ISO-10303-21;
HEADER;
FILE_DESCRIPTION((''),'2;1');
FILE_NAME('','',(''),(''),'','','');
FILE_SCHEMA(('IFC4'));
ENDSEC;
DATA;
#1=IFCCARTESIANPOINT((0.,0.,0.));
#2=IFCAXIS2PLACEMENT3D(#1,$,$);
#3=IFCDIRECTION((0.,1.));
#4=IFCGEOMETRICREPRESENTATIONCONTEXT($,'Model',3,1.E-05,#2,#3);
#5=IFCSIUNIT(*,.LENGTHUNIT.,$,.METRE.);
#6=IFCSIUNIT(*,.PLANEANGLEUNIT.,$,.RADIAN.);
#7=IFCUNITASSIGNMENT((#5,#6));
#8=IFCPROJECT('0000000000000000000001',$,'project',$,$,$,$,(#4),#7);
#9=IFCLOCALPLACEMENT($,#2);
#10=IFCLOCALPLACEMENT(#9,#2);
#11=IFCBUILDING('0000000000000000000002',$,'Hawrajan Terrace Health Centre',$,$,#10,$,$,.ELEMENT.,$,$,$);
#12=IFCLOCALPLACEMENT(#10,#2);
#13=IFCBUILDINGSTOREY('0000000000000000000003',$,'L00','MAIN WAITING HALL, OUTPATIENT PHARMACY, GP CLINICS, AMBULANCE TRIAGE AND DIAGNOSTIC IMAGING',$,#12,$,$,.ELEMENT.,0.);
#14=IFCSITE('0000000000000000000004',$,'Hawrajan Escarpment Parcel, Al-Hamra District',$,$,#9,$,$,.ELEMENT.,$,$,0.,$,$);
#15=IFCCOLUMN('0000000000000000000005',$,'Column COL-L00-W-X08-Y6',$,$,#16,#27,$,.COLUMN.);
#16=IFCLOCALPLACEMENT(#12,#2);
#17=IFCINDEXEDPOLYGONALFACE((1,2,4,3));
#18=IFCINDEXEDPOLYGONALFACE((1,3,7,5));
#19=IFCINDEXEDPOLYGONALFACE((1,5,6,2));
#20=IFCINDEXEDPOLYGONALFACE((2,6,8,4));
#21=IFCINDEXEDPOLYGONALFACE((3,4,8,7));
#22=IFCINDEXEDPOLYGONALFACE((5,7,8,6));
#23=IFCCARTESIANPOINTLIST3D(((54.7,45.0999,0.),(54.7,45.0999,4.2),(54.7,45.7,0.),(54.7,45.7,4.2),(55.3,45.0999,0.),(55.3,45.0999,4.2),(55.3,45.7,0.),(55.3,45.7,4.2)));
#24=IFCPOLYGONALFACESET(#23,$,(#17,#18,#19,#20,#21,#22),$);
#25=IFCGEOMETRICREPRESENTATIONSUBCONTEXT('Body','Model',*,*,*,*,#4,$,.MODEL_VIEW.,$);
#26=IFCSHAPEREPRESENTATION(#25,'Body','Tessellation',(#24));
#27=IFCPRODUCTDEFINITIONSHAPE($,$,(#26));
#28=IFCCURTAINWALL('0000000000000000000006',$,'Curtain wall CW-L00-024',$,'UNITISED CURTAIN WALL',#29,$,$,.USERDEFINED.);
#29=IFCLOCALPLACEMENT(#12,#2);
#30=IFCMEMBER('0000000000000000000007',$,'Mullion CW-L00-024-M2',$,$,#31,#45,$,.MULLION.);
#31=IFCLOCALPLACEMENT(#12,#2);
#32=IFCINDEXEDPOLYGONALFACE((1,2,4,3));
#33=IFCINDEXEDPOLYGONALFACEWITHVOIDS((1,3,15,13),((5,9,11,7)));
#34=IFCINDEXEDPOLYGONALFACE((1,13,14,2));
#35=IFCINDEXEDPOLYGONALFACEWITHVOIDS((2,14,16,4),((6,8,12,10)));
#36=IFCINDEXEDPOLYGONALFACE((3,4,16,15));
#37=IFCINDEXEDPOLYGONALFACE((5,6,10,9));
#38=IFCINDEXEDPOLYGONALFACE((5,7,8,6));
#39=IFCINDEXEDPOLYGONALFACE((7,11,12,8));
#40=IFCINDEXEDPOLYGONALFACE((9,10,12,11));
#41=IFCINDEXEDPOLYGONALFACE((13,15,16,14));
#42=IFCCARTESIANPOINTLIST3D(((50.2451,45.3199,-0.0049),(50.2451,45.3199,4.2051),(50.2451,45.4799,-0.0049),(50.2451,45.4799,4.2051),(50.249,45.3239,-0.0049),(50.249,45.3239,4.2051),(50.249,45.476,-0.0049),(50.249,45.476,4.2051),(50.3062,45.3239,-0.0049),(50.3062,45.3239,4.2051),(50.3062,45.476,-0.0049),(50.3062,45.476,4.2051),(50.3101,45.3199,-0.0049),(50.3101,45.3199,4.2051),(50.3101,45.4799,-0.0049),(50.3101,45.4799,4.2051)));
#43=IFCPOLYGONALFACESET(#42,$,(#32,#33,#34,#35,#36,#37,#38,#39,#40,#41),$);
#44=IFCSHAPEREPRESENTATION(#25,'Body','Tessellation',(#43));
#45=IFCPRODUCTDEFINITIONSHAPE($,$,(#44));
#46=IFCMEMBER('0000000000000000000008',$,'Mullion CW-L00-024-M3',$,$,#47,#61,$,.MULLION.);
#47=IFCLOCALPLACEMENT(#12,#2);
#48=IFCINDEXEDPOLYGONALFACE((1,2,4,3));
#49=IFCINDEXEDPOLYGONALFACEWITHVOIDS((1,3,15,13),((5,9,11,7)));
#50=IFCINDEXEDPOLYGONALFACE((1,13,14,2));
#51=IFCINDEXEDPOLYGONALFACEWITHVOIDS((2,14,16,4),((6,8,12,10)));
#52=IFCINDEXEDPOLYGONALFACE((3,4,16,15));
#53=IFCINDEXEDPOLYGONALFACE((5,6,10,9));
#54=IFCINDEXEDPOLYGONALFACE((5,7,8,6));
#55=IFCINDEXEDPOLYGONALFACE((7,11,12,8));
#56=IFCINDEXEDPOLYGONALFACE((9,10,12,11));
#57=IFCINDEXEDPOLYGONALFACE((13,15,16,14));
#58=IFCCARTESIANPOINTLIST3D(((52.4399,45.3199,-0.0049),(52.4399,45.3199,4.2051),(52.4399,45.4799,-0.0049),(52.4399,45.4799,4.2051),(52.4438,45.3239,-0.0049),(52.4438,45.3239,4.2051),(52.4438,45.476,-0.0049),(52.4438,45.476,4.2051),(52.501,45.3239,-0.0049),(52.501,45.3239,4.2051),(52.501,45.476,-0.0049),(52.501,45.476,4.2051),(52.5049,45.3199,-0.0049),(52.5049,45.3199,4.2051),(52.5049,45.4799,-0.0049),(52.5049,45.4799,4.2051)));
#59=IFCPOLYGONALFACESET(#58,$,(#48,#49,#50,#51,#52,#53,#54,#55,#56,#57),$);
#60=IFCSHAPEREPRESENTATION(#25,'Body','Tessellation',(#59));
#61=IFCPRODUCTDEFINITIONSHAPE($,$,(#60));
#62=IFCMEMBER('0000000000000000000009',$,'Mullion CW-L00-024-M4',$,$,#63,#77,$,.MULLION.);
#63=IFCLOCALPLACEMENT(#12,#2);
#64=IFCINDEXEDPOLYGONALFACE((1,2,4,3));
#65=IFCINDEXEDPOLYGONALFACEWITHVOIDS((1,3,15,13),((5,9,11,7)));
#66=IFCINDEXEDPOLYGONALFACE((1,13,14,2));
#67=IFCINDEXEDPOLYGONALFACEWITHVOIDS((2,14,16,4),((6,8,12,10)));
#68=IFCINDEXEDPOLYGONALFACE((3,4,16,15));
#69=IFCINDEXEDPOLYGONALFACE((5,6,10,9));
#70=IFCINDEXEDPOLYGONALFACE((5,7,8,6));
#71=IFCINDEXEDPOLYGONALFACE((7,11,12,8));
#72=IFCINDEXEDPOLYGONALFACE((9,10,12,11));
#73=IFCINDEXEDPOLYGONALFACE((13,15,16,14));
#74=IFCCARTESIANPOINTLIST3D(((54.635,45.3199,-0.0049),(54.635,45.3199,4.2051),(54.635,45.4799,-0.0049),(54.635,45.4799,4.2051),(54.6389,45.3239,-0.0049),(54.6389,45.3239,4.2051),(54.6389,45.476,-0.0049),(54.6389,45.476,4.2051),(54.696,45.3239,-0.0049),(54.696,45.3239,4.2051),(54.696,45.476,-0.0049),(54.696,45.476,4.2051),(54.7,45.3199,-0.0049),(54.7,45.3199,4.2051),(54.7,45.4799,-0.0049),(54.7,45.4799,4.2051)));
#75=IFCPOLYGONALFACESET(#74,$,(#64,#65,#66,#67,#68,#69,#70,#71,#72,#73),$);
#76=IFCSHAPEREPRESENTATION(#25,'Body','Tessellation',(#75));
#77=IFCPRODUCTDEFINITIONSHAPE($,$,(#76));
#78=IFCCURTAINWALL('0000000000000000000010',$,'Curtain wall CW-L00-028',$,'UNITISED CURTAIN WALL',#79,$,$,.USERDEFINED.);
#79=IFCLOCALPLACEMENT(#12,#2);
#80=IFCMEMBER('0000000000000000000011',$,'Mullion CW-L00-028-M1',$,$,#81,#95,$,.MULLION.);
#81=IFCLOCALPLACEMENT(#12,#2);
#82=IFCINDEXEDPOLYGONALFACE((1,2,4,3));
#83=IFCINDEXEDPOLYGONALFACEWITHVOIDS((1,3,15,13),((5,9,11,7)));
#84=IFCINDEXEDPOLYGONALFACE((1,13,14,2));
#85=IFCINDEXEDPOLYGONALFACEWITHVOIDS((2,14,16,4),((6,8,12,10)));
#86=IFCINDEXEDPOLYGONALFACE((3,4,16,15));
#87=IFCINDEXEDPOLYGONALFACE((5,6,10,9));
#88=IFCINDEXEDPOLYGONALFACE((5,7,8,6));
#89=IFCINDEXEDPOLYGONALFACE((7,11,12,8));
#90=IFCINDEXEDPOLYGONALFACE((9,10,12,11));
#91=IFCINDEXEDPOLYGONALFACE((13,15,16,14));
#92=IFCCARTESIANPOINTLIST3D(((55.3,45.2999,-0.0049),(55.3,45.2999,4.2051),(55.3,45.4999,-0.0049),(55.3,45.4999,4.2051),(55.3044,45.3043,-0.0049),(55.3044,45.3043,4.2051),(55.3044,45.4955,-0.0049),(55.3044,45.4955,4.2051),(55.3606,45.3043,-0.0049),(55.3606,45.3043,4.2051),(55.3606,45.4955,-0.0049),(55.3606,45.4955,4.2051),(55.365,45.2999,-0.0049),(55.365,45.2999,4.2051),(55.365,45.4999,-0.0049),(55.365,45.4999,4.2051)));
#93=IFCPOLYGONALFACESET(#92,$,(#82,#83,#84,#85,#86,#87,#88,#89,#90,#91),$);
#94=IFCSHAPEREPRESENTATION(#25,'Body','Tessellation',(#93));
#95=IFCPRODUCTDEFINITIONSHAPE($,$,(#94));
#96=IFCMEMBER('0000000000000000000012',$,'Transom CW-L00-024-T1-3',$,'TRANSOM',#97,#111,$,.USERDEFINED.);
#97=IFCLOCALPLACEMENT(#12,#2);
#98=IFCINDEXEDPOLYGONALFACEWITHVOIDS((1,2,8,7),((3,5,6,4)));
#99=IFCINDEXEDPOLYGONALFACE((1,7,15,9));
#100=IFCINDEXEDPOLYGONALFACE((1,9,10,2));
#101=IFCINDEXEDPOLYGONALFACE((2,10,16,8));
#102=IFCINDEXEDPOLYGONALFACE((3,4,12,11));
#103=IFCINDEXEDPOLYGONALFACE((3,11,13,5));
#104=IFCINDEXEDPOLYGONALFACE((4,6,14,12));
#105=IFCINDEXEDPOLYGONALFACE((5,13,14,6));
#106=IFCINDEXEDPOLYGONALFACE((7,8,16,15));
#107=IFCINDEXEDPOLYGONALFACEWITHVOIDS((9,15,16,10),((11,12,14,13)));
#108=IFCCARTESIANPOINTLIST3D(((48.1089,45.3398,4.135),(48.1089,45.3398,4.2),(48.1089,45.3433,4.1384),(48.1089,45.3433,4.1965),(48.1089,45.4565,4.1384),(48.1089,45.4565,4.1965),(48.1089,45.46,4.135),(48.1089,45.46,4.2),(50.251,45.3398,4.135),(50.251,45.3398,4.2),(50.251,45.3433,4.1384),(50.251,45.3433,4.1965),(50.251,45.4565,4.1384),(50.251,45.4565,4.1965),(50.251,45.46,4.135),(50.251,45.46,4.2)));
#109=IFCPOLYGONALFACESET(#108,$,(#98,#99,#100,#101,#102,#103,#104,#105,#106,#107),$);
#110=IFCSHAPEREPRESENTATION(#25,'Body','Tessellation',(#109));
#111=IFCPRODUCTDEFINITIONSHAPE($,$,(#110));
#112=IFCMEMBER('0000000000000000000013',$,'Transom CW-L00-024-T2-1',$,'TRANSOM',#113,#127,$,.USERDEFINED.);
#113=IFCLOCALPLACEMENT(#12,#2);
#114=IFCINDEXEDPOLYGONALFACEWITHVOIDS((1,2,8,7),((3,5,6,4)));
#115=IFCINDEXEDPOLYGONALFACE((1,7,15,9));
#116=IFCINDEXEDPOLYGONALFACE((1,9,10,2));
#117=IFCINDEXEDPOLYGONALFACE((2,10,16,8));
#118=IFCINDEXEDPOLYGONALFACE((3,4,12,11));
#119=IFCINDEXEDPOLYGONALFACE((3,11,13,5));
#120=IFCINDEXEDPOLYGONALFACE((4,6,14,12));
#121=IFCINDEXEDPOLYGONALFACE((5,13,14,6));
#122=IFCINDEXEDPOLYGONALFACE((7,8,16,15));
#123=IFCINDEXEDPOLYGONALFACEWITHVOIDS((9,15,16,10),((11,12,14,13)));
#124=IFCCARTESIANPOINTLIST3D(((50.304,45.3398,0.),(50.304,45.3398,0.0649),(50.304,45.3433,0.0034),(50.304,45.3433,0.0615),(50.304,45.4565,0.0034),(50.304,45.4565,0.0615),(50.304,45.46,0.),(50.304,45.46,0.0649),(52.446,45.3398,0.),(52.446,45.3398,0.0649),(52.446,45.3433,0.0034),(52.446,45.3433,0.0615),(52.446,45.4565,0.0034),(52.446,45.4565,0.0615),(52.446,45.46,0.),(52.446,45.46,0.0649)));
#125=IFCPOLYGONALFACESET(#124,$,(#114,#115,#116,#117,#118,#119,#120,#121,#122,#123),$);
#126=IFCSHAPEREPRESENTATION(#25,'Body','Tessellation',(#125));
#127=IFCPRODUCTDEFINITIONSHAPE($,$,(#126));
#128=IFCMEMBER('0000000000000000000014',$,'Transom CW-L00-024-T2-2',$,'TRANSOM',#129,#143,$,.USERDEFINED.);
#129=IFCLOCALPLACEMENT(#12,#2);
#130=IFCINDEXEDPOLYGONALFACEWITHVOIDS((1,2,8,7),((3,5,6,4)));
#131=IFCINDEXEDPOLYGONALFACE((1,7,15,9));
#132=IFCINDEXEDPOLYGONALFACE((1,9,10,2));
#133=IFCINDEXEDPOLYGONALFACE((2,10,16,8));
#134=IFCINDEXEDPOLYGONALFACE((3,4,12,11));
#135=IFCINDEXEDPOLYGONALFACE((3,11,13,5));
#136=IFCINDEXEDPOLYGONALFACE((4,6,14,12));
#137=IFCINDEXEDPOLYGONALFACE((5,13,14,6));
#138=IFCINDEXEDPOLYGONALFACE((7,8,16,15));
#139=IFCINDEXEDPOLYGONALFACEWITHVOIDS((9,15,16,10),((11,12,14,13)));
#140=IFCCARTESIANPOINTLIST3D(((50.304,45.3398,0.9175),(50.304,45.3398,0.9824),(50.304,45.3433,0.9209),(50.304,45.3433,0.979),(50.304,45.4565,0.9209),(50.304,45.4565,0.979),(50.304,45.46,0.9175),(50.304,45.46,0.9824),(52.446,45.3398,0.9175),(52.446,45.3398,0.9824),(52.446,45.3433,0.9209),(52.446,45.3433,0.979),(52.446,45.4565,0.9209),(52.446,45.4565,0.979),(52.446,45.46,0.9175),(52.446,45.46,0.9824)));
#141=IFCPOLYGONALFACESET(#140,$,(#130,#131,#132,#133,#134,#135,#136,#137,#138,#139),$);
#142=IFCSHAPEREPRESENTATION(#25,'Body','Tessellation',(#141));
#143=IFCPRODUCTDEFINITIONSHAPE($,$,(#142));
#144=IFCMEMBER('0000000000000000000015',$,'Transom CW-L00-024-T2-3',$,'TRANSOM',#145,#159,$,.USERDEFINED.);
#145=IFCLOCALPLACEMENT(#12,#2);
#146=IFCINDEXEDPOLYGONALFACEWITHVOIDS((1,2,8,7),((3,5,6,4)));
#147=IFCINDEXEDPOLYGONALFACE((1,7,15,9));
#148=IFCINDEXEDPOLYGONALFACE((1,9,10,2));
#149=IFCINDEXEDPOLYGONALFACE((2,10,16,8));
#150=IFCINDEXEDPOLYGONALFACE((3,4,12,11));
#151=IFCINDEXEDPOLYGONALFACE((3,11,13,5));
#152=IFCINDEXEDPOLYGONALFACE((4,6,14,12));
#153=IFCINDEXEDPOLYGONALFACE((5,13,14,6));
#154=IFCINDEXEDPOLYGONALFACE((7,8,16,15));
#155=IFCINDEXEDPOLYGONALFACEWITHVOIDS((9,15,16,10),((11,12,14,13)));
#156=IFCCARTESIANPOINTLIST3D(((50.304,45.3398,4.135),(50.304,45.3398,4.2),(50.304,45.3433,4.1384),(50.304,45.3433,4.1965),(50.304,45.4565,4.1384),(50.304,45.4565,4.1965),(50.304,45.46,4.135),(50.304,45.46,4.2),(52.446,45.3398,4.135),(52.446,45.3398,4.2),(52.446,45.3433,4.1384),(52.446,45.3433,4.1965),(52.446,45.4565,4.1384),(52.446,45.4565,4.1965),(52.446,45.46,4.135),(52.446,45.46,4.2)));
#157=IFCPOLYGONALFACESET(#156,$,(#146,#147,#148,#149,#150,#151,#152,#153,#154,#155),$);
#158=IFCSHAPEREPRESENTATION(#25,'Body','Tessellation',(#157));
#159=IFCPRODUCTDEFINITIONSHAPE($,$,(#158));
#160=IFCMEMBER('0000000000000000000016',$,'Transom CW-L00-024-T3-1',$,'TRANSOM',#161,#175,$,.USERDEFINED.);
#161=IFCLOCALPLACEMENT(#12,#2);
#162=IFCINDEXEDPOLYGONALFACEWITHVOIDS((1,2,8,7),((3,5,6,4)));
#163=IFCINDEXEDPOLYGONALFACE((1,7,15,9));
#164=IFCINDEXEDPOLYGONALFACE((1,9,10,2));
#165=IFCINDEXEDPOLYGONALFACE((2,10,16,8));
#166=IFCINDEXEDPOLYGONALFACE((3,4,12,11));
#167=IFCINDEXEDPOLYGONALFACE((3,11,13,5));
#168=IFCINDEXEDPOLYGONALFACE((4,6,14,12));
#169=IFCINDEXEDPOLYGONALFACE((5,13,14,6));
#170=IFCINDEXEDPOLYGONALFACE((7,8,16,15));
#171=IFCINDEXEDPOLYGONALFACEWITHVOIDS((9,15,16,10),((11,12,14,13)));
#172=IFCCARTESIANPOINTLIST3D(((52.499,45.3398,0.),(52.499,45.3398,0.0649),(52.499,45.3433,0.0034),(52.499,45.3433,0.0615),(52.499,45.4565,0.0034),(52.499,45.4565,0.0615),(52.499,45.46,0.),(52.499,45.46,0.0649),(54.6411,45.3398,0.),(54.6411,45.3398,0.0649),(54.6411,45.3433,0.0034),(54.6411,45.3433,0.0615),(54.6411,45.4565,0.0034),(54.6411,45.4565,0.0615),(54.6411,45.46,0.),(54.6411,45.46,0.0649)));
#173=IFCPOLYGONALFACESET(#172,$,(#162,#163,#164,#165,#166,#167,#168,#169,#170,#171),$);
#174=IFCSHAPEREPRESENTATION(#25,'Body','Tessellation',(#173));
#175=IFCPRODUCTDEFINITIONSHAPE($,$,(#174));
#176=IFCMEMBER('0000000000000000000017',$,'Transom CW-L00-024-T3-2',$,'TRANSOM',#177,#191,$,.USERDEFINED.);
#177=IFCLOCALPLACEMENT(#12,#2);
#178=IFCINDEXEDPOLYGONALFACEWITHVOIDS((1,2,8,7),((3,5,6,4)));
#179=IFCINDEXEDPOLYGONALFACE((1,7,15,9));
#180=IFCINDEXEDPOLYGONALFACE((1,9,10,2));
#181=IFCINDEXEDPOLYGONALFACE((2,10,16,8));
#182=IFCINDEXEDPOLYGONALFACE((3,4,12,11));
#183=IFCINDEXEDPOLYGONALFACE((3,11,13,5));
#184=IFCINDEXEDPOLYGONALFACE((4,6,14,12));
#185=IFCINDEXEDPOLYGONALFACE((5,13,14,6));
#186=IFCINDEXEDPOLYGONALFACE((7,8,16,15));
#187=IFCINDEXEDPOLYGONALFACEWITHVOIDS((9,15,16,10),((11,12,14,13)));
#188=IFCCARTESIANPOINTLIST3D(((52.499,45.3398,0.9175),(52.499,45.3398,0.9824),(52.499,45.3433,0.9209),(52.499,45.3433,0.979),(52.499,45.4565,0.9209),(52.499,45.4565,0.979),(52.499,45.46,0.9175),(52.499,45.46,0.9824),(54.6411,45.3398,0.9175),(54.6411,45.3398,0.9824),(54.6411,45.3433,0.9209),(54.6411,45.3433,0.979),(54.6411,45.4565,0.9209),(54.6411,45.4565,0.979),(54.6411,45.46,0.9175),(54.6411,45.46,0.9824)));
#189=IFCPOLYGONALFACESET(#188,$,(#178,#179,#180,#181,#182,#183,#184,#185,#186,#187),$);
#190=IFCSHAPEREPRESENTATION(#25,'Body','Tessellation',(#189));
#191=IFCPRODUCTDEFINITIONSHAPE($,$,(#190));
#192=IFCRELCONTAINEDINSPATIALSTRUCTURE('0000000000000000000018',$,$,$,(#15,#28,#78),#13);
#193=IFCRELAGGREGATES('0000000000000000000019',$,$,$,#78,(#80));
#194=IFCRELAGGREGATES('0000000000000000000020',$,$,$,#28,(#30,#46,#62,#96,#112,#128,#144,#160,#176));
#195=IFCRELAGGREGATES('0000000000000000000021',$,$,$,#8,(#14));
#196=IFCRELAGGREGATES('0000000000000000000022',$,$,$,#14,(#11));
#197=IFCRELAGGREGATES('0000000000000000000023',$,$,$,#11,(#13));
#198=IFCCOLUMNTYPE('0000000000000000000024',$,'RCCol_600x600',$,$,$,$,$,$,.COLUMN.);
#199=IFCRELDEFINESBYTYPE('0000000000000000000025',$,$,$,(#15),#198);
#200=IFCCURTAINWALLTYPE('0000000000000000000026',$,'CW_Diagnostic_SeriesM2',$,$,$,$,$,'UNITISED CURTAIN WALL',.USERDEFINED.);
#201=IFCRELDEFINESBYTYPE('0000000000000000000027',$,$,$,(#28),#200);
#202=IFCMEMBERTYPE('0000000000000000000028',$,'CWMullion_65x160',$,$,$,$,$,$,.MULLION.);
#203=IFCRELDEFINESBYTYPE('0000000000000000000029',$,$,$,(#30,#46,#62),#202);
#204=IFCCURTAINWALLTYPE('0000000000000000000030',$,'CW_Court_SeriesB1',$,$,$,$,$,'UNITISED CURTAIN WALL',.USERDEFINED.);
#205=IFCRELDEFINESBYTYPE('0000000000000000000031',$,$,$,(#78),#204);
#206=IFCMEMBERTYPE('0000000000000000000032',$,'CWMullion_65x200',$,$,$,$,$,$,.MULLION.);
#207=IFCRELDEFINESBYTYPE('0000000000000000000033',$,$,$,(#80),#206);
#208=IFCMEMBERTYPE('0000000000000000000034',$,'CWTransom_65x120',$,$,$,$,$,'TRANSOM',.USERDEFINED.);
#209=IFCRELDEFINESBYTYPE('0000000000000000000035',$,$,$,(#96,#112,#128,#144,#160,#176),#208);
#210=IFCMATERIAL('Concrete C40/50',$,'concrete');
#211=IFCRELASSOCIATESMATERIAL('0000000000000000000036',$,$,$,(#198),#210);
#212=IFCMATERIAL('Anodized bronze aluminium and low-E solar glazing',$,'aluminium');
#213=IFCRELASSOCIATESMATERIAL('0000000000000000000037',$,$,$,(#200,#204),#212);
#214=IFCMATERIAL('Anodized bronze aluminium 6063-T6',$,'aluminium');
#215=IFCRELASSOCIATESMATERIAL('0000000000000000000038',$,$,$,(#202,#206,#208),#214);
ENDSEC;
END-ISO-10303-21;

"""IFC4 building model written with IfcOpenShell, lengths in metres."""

from ifc_helpers import new_model, si_unit, direction, frame, origin, origin_2d, place, context, subcontext, project, spatial, rectangle, hollow_rectangle, extrude, material, material_profile, profile_set, type_object, element, aggregate, save


model = new_model("IFC4")

# Units and contexts
model_context = context("Model", 3, precision=1e-05, world=origin(), true_north=direction((0.0, 1.0)))
body_context = subcontext(model_context, "Body", "Model", "MODEL_VIEW")
ifc_project = project(units=[si_unit("LENGTHUNIT", "METRE"), si_unit("PLANEANGLEUNIT", "RADIAN")], contexts=[model_context])

# Site, building, storey
site_placement = place(None, origin())
site = spatial("IfcSite", under=ifc_project, at=site_placement, Name="Hawrajan Escarpment Parcel, Al-Hamra District", CompositionType="ELEMENT", RefElevation=0.0)
building_placement = place(site_placement, origin())
building = spatial("IfcBuilding", under=site, at=building_placement, Name="Hawrajan Terrace Health Centre", CompositionType="ELEMENT")
storey_placement = place(building_placement, origin())
storey = spatial("IfcBuildingStorey", under=building, at=storey_placement, Name="L00", Description="MAIN WAITING HALL, OUTPATIENT PHARMACY, GP CLINICS, AMBULANCE TRIAGE AND DIAGNOSTIC IMAGING", CompositionType="ELEMENT", Elevation=0.0)

# Column
ifc_material_1 = material(Name="Concrete C40/50", Category="concrete")
ifc_material_profile_1 = material_profile(ifc_material_1, rectangle(XDim=0.6001, YDim=0.6001, at=origin_2d()), Name="RC 600x600")
ifc_profile_set_1 = profile_set([ifc_material_profile_1], Name="Concrete C40/50")
column_type = type_object("IfcColumnType", Name="RCCol_600x600", PredefinedType="COLUMN", material=ifc_profile_set_1)
column_placement = place(storey_placement, frame((55.0, 45.3999, 0.0), z_axis=(0.0, 0.0, 1.0), x_axis=(1.0, 0.0, 0.0)))
element("IfcColumn", 1, at=column_placement, inside=storey, type_object=column_type, Name="Column COL-L00-W-X08-Y6", PredefinedType="COLUMN", context=body_context, shape_type="SweptSolid", body=[
    extrude(rectangle(XDim=0.6001, YDim=0.6001, at=origin_2d()), origin(), (0.0, 0.0, 1.0), 4.2),
])

# Curtain wall, members
ifc_material_2 = material(Name="Anodized bronze aluminium and low-E solar glazing", Category="aluminium")
curtain_wall_type_1 = type_object("IfcCurtainWallType", Name="CW_Diagnostic_SeriesM2", ElementType="UNITISED CURTAIN WALL", PredefinedType="USERDEFINED", material=ifc_material_2)
curtain_wall_1_placement = place(storey_placement, origin())
curtain_wall_1 = element("IfcCurtainWall", 2, at=curtain_wall_1_placement, inside=storey, type_object=curtain_wall_type_1, Name="Curtain wall CW-L00-024", ObjectType="UNITISED CURTAIN WALL", PredefinedType="USERDEFINED")
ifc_material_3 = material(Name="Anodized bronze aluminium 6063-T6", Category="aluminium")
ifc_material_profile_2 = material_profile(ifc_material_3, hollow_rectangle(XDim=0.0649, YDim=0.1599, WallThickness=0.0039, at=origin_2d()), Name="CW MUL 65x160")
ifc_profile_set_2 = profile_set([ifc_material_profile_2], Name="Anodized bronze aluminium 6063-T6")
member_type_1 = type_object("IfcMemberType", Name="CWMullion_65x160", PredefinedType="MULLION", material=ifc_profile_set_2)
member_1_placement = place(storey_placement, frame((50.2776, 45.3999, -0.0049), z_axis=(0.0, 0.0, 1.0), x_axis=(1.0, 0.0, 0.0)))
member_1 = element("IfcMember", 3, at=member_1_placement, type_object=member_type_1, Name="Mullion CW-L00-024-M2", PredefinedType="MULLION", context=body_context, shape_type="SweptSolid", body=[
    extrude(hollow_rectangle(XDim=0.0649, YDim=0.1599, WallThickness=0.0039, at=origin_2d()), origin(), (0.0, 0.0, 1.0), 4.21),
])
member_2_placement = place(storey_placement, frame((52.4724, 45.3999, -0.0049), z_axis=(0.0, 0.0, 1.0), x_axis=(1.0, 0.0, 0.0)))
member_2 = element("IfcMember", 4, at=member_2_placement, type_object=member_type_1, Name="Mullion CW-L00-024-M3", PredefinedType="MULLION", context=body_context, shape_type="SweptSolid", body=[
    extrude(hollow_rectangle(XDim=0.0649, YDim=0.1599, WallThickness=0.0039, at=origin_2d()), origin(), (0.0, 0.0, 1.0), 4.21),
])
member_3_placement = place(storey_placement, frame((54.6675, 45.3999, -0.0049), z_axis=(0.0, 0.0, 1.0), x_axis=(1.0, 0.0, 0.0)))
member_3 = element("IfcMember", 5, at=member_3_placement, type_object=member_type_1, Name="Mullion CW-L00-024-M4", PredefinedType="MULLION", context=body_context, shape_type="SweptSolid", body=[
    extrude(hollow_rectangle(XDim=0.0649, YDim=0.1599, WallThickness=0.0039, at=origin_2d()), origin(), (0.0, 0.0, 1.0), 4.21),
])

# Curtain wall, member
curtain_wall_type_2 = type_object("IfcCurtainWallType", Name="CW_Court_SeriesB1", ElementType="UNITISED CURTAIN WALL", PredefinedType="USERDEFINED", material=ifc_material_2)
curtain_wall_2_placement = place(storey_placement, origin())
curtain_wall_2 = element("IfcCurtainWall", 6, at=curtain_wall_2_placement, inside=storey, type_object=curtain_wall_type_2, Name="Curtain wall CW-L00-028", ObjectType="UNITISED CURTAIN WALL", PredefinedType="USERDEFINED")
ifc_material_profile_3 = material_profile(ifc_material_3, hollow_rectangle(XDim=0.0649, YDim=0.2, WallThickness=0.0044, at=origin_2d()), Name="CW MUL 65x200")
ifc_profile_set_3 = profile_set([ifc_material_profile_3], Name="Anodized bronze aluminium 6063-T6")
member_type_2 = type_object("IfcMemberType", Name="CWMullion_65x200", PredefinedType="MULLION", material=ifc_profile_set_3)
member_4_placement = place(storey_placement, frame((55.3325, 45.3999, -0.0049), z_axis=(0.0, 0.0, 1.0), x_axis=(1.0, 0.0, 0.0)))
member_4 = element("IfcMember", 7, at=member_4_placement, type_object=member_type_2, Name="Mullion CW-L00-028-M1", PredefinedType="MULLION", context=body_context, shape_type="SweptSolid", body=[
    extrude(hollow_rectangle(XDim=0.0649, YDim=0.2, WallThickness=0.0044, at=origin_2d()), origin(), (0.0, 0.0, 1.0), 4.21),
])
aggregate(curtain_wall_2, [member_4])

# Members
ifc_material_profile_4 = material_profile(ifc_material_3, hollow_rectangle(XDim=0.0649, YDim=0.1201, WallThickness=0.0034, at=origin_2d()), Name="CW TRN 65x120")
ifc_profile_set_4 = profile_set([ifc_material_profile_4], Name="Anodized bronze aluminium 6063-T6")
member_type_3 = type_object("IfcMemberType", Name="CWTransom_65x120", ElementType="TRANSOM", PredefinedType="USERDEFINED", material=ifc_profile_set_4)
member_5_placement = place(storey_placement, frame((48.1089, 45.3999, 4.1675), z_axis=(1.0, 0.0, 0.0), x_axis=(0.0, 0.0, 1.0)))
member_5 = element("IfcMember", 8, at=member_5_placement, type_object=member_type_3, Name="Transom CW-L00-024-T1-3", ObjectType="TRANSOM", PredefinedType="USERDEFINED", context=body_context, shape_type="SweptSolid", body=[
    extrude(hollow_rectangle(XDim=0.0649, YDim=0.1201, WallThickness=0.0034, at=origin_2d()), origin(), (0.0, 0.0, 1.0), 2.1421),
])
member_6_placement = place(storey_placement, frame((50.304, 45.3999, 0.0325), z_axis=(1.0, 0.0, 0.0), x_axis=(0.0, 0.0, 1.0)))
member_6 = element("IfcMember", 9, at=member_6_placement, type_object=member_type_3, Name="Transom CW-L00-024-T2-1", ObjectType="TRANSOM", PredefinedType="USERDEFINED", context=body_context, shape_type="SweptSolid", body=[
    extrude(hollow_rectangle(XDim=0.0649, YDim=0.1201, WallThickness=0.0034, at=origin_2d()), origin(), (0.0, 0.0, 1.0), 2.1421),
])
member_7_placement = place(storey_placement, frame((50.304, 45.3999, 0.95), z_axis=(1.0, 0.0, 0.0), x_axis=(0.0, 0.0, 1.0)))
member_7 = element("IfcMember", 10, at=member_7_placement, type_object=member_type_3, Name="Transom CW-L00-024-T2-2", ObjectType="TRANSOM", PredefinedType="USERDEFINED", context=body_context, shape_type="SweptSolid", body=[
    extrude(hollow_rectangle(XDim=0.0649, YDim=0.1201, WallThickness=0.0034, at=origin_2d()), origin(), (0.0, 0.0, 1.0), 2.1421),
])
member_8_placement = place(storey_placement, frame((50.304, 45.3999, 4.1675), z_axis=(1.0, 0.0, 0.0), x_axis=(0.0, 0.0, 1.0)))
member_8 = element("IfcMember", 11, at=member_8_placement, type_object=member_type_3, Name="Transom CW-L00-024-T2-3", ObjectType="TRANSOM", PredefinedType="USERDEFINED", context=body_context, shape_type="SweptSolid", body=[
    extrude(hollow_rectangle(XDim=0.0649, YDim=0.1201, WallThickness=0.0034, at=origin_2d()), origin(), (0.0, 0.0, 1.0), 2.1421),
])
member_9_placement = place(storey_placement, frame((52.499, 45.3999, 0.0325), z_axis=(1.0, 0.0, 0.0), x_axis=(0.0, 0.0, 1.0)))
member_9 = element("IfcMember", 12, at=member_9_placement, type_object=member_type_3, Name="Transom CW-L00-024-T3-1", ObjectType="TRANSOM", PredefinedType="USERDEFINED", context=body_context, shape_type="SweptSolid", body=[
    extrude(hollow_rectangle(XDim=0.0649, YDim=0.1201, WallThickness=0.0034, at=origin_2d()), origin(), (0.0, 0.0, 1.0), 2.1421),
])
member_10_placement = place(storey_placement, frame((52.499, 45.3999, 0.95), z_axis=(1.0, 0.0, 0.0), x_axis=(0.0, 0.0, 1.0)))
member_10 = element("IfcMember", 13, at=member_10_placement, type_object=member_type_3, Name="Transom CW-L00-024-T3-2", ObjectType="TRANSOM", PredefinedType="USERDEFINED", context=body_context, shape_type="SweptSolid", body=[
    extrude(hollow_rectangle(XDim=0.0649, YDim=0.1201, WallThickness=0.0034, at=origin_2d()), origin(), (0.0, 0.0, 1.0), 2.1421),
])

aggregate(curtain_wall_1, [member_1, member_2, member_3, member_5, member_6, member_7, member_8, member_9, member_10])

save(model, "model.ifc")
